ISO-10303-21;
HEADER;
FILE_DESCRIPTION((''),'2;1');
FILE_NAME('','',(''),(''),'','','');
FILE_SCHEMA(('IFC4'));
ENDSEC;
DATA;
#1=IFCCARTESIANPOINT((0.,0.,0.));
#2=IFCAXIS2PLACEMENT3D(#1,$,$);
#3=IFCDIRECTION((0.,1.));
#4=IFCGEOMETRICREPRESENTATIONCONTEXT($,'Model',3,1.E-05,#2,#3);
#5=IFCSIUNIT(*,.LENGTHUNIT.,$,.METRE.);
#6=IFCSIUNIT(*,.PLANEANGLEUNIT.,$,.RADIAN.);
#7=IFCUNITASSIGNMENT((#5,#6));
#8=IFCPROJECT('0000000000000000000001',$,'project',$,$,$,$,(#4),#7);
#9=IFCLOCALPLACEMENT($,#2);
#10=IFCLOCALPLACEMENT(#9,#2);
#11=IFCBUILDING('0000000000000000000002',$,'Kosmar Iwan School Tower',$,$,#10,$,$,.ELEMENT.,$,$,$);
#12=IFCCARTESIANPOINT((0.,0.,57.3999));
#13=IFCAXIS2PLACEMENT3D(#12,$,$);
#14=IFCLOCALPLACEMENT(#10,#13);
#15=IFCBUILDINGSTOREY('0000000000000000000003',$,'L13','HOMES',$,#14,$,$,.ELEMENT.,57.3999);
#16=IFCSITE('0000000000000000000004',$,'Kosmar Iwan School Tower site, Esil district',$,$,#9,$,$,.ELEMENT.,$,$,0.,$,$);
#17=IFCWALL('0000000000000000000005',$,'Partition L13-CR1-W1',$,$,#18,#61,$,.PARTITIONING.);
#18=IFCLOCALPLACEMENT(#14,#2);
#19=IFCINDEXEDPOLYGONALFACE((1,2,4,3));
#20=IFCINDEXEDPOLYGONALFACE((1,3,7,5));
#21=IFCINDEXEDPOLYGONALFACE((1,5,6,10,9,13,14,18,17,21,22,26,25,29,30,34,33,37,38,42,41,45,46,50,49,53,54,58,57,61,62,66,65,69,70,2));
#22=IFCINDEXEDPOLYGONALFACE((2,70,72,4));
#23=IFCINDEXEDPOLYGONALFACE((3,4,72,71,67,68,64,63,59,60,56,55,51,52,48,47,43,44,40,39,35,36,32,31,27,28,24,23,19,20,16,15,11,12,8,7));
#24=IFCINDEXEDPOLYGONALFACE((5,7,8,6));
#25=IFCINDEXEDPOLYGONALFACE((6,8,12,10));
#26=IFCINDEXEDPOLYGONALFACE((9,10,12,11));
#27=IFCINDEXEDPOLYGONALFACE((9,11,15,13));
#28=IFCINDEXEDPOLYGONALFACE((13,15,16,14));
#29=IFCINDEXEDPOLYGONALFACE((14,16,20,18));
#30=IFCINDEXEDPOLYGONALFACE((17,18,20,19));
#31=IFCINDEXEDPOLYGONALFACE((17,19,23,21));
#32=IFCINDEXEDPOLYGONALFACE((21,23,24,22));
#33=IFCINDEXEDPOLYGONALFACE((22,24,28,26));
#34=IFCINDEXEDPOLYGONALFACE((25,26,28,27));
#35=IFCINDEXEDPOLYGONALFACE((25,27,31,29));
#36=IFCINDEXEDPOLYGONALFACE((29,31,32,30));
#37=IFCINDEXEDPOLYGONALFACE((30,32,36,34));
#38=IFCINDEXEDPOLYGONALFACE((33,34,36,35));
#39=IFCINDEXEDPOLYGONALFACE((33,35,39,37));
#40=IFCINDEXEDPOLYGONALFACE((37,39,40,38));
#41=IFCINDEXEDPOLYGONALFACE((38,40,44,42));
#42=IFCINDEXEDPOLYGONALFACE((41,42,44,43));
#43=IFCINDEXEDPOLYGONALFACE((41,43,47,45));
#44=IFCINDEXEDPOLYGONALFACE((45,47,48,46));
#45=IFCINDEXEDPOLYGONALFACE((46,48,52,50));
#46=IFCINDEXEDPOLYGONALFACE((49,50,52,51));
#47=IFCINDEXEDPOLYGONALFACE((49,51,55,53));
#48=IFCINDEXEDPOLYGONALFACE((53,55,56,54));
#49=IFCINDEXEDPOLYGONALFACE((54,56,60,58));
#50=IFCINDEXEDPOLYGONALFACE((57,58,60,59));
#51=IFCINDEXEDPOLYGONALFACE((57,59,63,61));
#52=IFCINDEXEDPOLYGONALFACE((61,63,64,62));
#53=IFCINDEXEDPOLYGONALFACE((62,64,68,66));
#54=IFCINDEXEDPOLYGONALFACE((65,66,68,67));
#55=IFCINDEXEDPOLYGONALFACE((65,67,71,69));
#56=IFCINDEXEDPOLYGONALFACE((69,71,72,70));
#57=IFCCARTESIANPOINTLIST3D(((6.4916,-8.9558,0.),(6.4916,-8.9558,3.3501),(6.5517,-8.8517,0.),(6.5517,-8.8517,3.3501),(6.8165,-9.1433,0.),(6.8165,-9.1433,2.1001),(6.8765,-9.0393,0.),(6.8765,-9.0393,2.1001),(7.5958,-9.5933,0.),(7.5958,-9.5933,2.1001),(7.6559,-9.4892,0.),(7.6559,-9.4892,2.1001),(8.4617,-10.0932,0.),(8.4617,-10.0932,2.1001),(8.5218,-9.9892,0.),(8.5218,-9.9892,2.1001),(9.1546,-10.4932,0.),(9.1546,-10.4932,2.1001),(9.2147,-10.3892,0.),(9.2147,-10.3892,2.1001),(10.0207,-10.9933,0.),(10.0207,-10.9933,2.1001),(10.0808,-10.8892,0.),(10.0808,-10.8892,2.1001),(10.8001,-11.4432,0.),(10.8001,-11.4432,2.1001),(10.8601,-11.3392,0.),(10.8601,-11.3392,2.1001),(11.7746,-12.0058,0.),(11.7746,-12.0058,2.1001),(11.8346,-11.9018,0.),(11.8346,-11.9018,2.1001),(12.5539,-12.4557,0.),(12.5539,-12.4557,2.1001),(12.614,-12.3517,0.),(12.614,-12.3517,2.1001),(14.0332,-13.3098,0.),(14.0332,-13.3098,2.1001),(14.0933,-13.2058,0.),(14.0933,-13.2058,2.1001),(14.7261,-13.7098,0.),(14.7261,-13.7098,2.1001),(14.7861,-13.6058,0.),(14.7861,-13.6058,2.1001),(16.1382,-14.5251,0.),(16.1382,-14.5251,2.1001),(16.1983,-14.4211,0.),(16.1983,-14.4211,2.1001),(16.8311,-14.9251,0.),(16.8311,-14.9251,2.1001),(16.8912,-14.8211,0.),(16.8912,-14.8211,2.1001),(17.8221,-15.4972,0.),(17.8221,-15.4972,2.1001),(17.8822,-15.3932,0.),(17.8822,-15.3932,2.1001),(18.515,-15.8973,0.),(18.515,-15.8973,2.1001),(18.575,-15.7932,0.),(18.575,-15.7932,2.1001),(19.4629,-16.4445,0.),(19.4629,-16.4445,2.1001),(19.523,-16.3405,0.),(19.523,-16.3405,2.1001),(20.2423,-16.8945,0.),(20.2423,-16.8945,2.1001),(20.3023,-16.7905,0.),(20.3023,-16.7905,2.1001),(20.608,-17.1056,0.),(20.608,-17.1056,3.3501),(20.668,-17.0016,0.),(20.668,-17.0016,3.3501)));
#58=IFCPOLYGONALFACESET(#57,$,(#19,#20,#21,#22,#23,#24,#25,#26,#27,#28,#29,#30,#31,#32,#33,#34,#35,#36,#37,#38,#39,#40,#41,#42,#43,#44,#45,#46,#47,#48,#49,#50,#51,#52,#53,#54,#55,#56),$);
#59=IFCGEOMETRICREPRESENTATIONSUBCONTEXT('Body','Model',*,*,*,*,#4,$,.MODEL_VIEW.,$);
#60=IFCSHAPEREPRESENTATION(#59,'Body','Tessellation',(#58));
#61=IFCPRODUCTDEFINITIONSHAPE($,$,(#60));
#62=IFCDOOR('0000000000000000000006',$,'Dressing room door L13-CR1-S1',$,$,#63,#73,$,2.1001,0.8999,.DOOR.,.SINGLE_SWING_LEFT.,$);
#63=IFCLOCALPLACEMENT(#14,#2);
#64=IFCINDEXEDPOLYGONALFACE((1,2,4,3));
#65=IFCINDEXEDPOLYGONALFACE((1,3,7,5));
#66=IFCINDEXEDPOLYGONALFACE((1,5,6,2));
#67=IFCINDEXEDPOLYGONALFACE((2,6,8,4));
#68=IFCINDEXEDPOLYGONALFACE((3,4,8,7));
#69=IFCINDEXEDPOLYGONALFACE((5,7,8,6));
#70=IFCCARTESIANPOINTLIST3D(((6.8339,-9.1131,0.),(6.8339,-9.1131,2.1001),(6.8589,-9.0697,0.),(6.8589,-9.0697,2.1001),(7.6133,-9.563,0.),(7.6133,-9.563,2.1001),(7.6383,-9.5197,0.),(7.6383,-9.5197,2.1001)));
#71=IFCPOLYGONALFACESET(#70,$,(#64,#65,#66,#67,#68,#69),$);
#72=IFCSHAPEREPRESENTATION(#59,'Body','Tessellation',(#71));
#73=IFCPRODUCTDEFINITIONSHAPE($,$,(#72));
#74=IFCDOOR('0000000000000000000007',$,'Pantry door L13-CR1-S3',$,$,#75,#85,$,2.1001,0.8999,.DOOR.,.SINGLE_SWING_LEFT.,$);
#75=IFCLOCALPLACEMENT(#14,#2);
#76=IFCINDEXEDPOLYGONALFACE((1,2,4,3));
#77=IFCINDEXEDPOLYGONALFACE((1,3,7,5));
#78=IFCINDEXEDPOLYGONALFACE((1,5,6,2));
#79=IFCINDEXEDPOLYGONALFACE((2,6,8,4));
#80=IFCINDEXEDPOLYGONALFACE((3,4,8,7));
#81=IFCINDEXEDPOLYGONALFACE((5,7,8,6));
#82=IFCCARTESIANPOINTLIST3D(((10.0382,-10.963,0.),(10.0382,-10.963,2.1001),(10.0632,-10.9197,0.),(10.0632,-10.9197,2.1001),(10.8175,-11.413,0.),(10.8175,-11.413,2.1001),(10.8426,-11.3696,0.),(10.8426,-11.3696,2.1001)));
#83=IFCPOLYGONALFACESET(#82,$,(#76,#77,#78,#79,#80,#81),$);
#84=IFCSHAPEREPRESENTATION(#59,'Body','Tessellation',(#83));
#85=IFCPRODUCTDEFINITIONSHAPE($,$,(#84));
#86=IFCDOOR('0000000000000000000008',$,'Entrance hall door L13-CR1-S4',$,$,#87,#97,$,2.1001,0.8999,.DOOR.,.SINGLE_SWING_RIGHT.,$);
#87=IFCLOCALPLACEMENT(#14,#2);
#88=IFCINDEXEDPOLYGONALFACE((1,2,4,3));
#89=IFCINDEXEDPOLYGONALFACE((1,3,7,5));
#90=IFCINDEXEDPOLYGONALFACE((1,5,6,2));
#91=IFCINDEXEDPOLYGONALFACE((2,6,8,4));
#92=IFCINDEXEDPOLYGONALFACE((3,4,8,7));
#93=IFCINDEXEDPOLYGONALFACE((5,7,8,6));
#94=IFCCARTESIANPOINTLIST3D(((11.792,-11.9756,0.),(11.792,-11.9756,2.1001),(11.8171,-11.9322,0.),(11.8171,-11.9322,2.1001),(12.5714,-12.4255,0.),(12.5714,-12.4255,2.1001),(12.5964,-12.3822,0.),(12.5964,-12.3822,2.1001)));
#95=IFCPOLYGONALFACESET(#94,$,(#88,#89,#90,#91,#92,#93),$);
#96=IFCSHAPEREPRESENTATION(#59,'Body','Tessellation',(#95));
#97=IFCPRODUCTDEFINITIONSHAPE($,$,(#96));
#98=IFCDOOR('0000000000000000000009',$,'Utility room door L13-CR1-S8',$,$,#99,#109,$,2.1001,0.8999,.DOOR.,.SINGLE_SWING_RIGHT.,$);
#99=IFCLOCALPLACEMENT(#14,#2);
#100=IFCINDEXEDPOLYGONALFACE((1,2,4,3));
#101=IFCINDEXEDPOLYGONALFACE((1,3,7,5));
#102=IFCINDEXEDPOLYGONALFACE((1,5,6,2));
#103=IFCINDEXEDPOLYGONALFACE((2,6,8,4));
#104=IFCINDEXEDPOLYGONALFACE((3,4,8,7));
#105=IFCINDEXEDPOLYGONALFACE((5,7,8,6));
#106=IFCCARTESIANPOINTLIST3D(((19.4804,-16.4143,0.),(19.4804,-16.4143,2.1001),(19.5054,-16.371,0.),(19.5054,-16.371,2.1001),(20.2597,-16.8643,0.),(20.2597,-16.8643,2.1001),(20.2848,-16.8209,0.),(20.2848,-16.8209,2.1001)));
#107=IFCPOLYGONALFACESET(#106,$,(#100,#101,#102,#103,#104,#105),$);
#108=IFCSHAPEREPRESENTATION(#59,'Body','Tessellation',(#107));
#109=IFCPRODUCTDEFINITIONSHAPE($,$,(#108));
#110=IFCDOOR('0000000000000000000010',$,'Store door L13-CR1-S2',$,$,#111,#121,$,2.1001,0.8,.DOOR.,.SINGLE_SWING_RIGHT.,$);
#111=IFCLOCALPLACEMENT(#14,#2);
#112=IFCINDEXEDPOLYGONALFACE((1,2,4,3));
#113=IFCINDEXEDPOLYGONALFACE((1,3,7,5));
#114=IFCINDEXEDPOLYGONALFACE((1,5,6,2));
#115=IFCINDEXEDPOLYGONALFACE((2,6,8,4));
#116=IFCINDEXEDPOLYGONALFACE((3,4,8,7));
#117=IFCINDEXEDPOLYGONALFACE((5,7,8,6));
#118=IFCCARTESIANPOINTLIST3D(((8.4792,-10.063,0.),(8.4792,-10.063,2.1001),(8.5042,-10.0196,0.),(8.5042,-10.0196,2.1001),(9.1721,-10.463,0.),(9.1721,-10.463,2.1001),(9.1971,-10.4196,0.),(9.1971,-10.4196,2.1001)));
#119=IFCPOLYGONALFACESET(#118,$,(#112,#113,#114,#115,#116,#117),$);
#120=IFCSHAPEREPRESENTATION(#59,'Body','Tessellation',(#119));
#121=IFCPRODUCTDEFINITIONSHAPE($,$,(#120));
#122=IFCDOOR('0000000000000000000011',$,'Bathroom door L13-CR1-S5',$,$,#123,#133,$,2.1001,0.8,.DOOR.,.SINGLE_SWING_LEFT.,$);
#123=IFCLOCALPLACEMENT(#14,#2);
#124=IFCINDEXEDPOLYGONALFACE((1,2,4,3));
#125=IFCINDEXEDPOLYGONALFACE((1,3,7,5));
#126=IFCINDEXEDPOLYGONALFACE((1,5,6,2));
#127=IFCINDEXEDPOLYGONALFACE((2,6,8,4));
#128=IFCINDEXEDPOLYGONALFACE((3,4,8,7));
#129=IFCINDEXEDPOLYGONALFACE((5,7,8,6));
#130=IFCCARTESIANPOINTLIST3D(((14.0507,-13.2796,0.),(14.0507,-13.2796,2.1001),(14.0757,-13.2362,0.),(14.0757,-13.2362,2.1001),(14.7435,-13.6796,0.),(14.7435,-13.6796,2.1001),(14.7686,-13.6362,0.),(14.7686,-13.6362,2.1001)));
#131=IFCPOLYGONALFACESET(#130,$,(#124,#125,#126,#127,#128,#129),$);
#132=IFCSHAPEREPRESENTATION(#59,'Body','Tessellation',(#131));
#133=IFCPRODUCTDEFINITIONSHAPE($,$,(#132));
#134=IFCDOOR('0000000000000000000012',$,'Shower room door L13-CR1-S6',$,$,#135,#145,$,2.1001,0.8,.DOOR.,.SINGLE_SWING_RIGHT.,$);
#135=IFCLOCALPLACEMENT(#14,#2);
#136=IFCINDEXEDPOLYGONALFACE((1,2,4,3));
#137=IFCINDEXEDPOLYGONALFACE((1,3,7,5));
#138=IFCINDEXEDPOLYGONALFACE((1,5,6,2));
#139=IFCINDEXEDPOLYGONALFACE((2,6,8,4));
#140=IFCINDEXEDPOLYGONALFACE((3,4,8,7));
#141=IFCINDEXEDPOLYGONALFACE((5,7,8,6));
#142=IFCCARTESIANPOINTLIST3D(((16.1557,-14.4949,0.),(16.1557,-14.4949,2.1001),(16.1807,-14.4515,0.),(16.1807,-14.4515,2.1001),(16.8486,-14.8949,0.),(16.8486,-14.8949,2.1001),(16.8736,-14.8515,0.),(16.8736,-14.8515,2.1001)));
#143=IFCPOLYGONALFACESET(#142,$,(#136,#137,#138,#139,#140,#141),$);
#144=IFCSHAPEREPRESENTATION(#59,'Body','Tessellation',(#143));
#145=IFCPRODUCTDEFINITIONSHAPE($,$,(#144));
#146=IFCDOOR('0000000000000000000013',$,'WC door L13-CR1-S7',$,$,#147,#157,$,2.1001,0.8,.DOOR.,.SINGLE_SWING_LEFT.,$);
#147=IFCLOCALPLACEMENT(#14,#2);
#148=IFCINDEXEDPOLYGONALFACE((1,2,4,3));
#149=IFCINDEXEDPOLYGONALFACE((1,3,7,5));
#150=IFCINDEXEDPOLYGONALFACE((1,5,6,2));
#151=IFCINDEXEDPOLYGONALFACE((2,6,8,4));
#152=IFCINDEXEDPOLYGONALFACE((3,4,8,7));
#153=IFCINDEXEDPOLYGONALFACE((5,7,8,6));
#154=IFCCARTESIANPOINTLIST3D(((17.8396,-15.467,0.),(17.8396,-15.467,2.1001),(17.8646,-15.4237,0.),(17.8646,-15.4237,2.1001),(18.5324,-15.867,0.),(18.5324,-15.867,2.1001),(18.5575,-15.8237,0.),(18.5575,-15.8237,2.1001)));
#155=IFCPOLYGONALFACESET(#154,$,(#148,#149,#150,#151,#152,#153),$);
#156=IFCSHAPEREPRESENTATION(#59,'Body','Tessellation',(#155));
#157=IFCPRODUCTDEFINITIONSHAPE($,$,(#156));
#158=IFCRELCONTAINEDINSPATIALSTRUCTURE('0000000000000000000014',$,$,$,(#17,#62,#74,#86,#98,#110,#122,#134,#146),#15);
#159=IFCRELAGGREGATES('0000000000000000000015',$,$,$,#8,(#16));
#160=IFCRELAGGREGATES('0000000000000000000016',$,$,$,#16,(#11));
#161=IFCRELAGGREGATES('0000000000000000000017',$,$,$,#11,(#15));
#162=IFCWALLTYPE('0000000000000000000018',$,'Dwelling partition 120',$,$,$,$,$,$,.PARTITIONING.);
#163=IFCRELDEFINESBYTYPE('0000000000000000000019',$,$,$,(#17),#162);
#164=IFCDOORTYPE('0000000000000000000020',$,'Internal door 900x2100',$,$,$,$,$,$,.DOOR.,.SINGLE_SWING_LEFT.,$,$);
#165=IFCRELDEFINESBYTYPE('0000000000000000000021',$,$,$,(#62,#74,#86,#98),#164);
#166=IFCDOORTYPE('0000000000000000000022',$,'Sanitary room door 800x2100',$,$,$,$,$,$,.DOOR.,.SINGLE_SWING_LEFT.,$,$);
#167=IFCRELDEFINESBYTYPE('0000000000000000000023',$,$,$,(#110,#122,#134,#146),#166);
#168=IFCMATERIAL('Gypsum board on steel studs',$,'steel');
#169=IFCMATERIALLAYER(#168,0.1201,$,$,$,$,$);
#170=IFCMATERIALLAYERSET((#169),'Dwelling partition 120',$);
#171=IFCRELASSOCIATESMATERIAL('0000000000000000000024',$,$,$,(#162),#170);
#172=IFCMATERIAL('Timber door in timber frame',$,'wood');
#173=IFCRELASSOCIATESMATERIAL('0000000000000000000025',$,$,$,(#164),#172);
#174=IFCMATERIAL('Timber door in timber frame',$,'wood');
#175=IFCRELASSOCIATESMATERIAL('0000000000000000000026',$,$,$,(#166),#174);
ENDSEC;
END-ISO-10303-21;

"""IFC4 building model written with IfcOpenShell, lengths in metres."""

from ifc_helpers import new_model, si_unit, direction, frame, frame_2d, origin, place, context, subcontext, project, spatial, rectangle, extrude, material, layer, layer_set, type_object, element, fill, save


model = new_model("IFC4")

# Units and contexts
model_context = context("Model", 3, precision=1e-05, world=origin(), true_north=direction((0.0, 1.0)))
body_context = subcontext(model_context, "Body", "Model", "MODEL_VIEW")
ifc_project = project(units=[si_unit("LENGTHUNIT", "METRE"), si_unit("PLANEANGLEUNIT", "RADIAN")], contexts=[model_context])

# Site, building, storey
site_placement = place(None, origin())
site = spatial("IfcSite", under=ifc_project, at=site_placement, Name="Kosmar Iwan School Tower site, Esil district", CompositionType="ELEMENT", RefElevation=0.0)
building_placement = place(site_placement, origin())
building = spatial("IfcBuilding", under=site, at=building_placement, Name="Kosmar Iwan School Tower", CompositionType="ELEMENT")
storey_placement = place(building_placement, frame((0.0, 0.0, 57.3999)))
storey = spatial("IfcBuildingStorey", under=building, at=storey_placement, Name="L13", Description="HOMES", CompositionType="ELEMENT", Elevation=57.3999)

# Wall, openings, doors
ifc_material_1 = material(Name="Gypsum board on steel studs", Category="steel")
ifc_layer_1 = layer(ifc_material_1, 0.1201)
ifc_layer_set_1 = layer_set([ifc_layer_1], Name="Dwelling partition 120")
wall_type_1 = type_object("IfcWallType", Name="Dwelling partition 120", PredefinedType="PARTITIONING", material=ifc_layer_set_1)
wall_1_placement = place(storey_placement, frame((6.5217, -8.9038, 0.0), z_axis=(0.0, 0.0, 1.0), x_axis=(0.866032, -0.499989, 0.0)))
wall_1 = element("IfcWall", 1, at=wall_1_placement, inside=storey, type_object=wall_type_1, Name="Partition L13-CR1-W1", PredefinedType="PARTITIONING", context=body_context, shape_type="SweptSolid", body=[
    extrude(rectangle(XDim=16.3, YDim=0.1201, at=frame_2d((8.1499, 0.0))), origin(), (0.0, 0.0, 1.0), 3.3501),
])
opening_1_placement = place(wall_1_placement, frame((0.375, 0.0, 0.0)))
opening_1 = element("IfcOpeningElement", 2, at=opening_1_placement, cuts=wall_1, PredefinedType="OPENING", context=body_context, shape_type="SweptSolid", body=[
    extrude(rectangle(XDim=0.8999, YDim=2.1001, at=frame_2d((0.45, 1.05))), frame((0.0, 0.072, 0.0), z_axis=(0.0, -1.0, 0.0), x_axis=(1.0, 0.0, 0.0)), (0.0, 0.0, 1.0), 0.144),
])
opening_2_placement = place(wall_1_placement, frame((2.2749, 0.0, 0.0)))
opening_2 = element("IfcOpeningElement", 3, at=opening_2_placement, cuts=wall_1, PredefinedType="OPENING", context=body_context, shape_type="SweptSolid", body=[
    extrude(rectangle(XDim=0.8, YDim=2.1001, at=frame_2d((0.3999, 1.05))), frame((0.0, 0.072, 0.0), z_axis=(0.0, -1.0, 0.0), x_axis=(1.0, 0.0, 0.0)), (0.0, 0.0, 1.0), 0.144),
])
opening_3_placement = place(wall_1_placement, frame((4.075, 0.0, 0.0)))
opening_3 = element("IfcOpeningElement", 4, at=opening_3_placement, cuts=wall_1, PredefinedType="OPENING", context=body_context, shape_type="SweptSolid", body=[
    extrude(rectangle(XDim=0.8999, YDim=2.1001, at=frame_2d((0.45, 1.05))), frame((0.0, 0.072, 0.0), z_axis=(0.0, -1.0, 0.0), x_axis=(1.0, 0.0, 0.0)), (0.0, 0.0, 1.0), 0.144),
])
opening_4_placement = place(wall_1_placement, frame((6.1001, 0.0, 0.0)))
opening_4 = element("IfcOpeningElement", 5, at=opening_4_placement, cuts=wall_1, PredefinedType="OPENING", context=body_context, shape_type="SweptSolid", body=[
    extrude(rectangle(XDim=0.8999, YDim=2.1001, at=frame_2d((0.45, 1.05))), frame((0.0, 0.072, 0.0), z_axis=(0.0, -1.0, 0.0), x_axis=(1.0, 0.0, 0.0)), (0.0, 0.0, 1.0), 0.144),
])
opening_5_placement = place(wall_1_placement, frame((8.7083, 0.0, 0.0)))
opening_5 = element("IfcOpeningElement", 6, at=opening_5_placement, cuts=wall_1, PredefinedType="OPENING", context=body_context, shape_type="SweptSolid", body=[
    extrude(rectangle(XDim=0.8, YDim=2.1001, at=frame_2d((0.3999, 1.05))), frame((0.0, 0.072, 0.0), z_axis=(0.0, -1.0, 0.0), x_axis=(1.0, 0.0, 0.0)), (0.0, 0.0, 1.0), 0.144),
])
opening_6_placement = place(wall_1_placement, frame((11.1389, 0.0, 0.0)))
opening_6 = element("IfcOpeningElement", 7, at=opening_6_placement, cuts=wall_1, PredefinedType="OPENING", context=body_context, shape_type="SweptSolid", body=[
    extrude(rectangle(XDim=0.8, YDim=2.1001, at=frame_2d((0.3999, 1.05))), frame((0.0, 0.072, 0.0), z_axis=(0.0, -1.0, 0.0), x_axis=(1.0, 0.0, 0.0)), (0.0, 0.0, 1.0), 0.144),
])
opening_7_placement = place(wall_1_placement, frame((13.0833, 0.0, 0.0)))
opening_7 = element("IfcOpeningElement", 8, at=opening_7_placement, cuts=wall_1, PredefinedType="OPENING", context=body_context, shape_type="SweptSolid", body=[
    extrude(rectangle(XDim=0.8, YDim=2.1001, at=frame_2d((0.3999, 1.05))), frame((0.0, 0.072, 0.0), z_axis=(0.0, -1.0, 0.0), x_axis=(1.0, 0.0, 0.0)), (0.0, 0.0, 1.0), 0.144),
])
opening_8_placement = place(wall_1_placement, frame((14.9778, 0.0, 0.0)))
opening_8 = element("IfcOpeningElement", 9, at=opening_8_placement, cuts=wall_1, PredefinedType="OPENING", context=body_context, shape_type="SweptSolid", body=[
    extrude(rectangle(XDim=0.8999, YDim=2.1001, at=frame_2d((0.45, 1.05))), frame((0.0, 0.072, 0.0), z_axis=(0.0, -1.0, 0.0), x_axis=(1.0, 0.0, 0.0)), (0.0, 0.0, 1.0), 0.144),
])
ifc_material_2 = material(Name="Timber door in timber frame", Category="wood")
door_type_1 = type_object("IfcDoorType", Name="Internal door 900x2100", OperationType="SINGLE_SWING_LEFT", PredefinedType="DOOR", material=ifc_material_2)
door_1_placement = place(opening_1_placement, origin())
door_1 = element("IfcDoor", 10, at=door_1_placement, inside=storey, type_object=door_type_1, Name="Dressing room door L13-CR1-S1", OperationType="SINGLE_SWING_LEFT", OverallHeight=2.1001, OverallWidth=0.8999, PredefinedType="DOOR", context=body_context, shape_type="SweptSolid", body=[
    extrude(rectangle(XDim=0.8999, YDim=2.1001, at=frame_2d((0.45, 1.05))), frame((0.0, 0.0249, 0.0), z_axis=(0.0, -1.0, 0.0), x_axis=(1.0, 0.0, 0.0)), (0.0, 0.0, 1.0), 0.05),
])
fill(opening_1, door_1)
door_2_placement = place(opening_3_placement, origin())
door_2 = element("IfcDoor", 11, at=door_2_placement, inside=storey, type_object=door_type_1, Name="Pantry door L13-CR1-S3", OperationType="SINGLE_SWING_LEFT", OverallHeight=2.1001, OverallWidth=0.8999, PredefinedType="DOOR", context=body_context, shape_type="SweptSolid", body=[
    extrude(rectangle(XDim=0.8999, YDim=2.1001, at=frame_2d((0.45, 1.05))), frame((0.0, 0.0249, 0.0), z_axis=(0.0, -1.0, 0.0), x_axis=(1.0, 0.0, 0.0)), (0.0, 0.0, 1.0), 0.05),
])
fill(opening_3, door_2)
door_3_placement = place(opening_4_placement, origin())
door_3 = element("IfcDoor", 12, at=door_3_placement, inside=storey, type_object=door_type_1, Name="Entrance hall door L13-CR1-S4", OperationType="SINGLE_SWING_RIGHT", OverallHeight=2.1001, OverallWidth=0.8999, PredefinedType="DOOR", context=body_context, shape_type="SweptSolid", body=[
    extrude(rectangle(XDim=0.8999, YDim=2.1001, at=frame_2d((0.45, 1.05))), frame((0.0, 0.0249, 0.0), z_axis=(0.0, -1.0, 0.0), x_axis=(1.0, 0.0, 0.0)), (0.0, 0.0, 1.0), 0.05),
])
fill(opening_4, door_3)
door_4_placement = place(opening_8_placement, origin())
door_4 = element("IfcDoor", 13, at=door_4_placement, inside=storey, type_object=door_type_1, Name="Utility room door L13-CR1-S8", OperationType="SINGLE_SWING_RIGHT", OverallHeight=2.1001, OverallWidth=0.8999, PredefinedType="DOOR", context=body_context, shape_type="SweptSolid", body=[
    extrude(rectangle(XDim=0.8999, YDim=2.1001, at=frame_2d((0.45, 1.05))), frame((0.0, 0.0249, 0.0), z_axis=(0.0, -1.0, 0.0), x_axis=(1.0, 0.0, 0.0)), (0.0, 0.0, 1.0), 0.05),
])
fill(opening_8, door_4)
ifc_material_3 = material(Name="Timber door in timber frame", Category="wood")
door_type_2 = type_object("IfcDoorType", Name="Sanitary room door 800x2100", OperationType="SINGLE_SWING_LEFT", PredefinedType="DOOR", material=ifc_material_3)
door_5_placement = place(opening_2_placement, origin())
door_5 = element("IfcDoor", 14, at=door_5_placement, inside=storey, type_object=door_type_2, Name="Store door L13-CR1-S2", OperationType="SINGLE_SWING_RIGHT", OverallHeight=2.1001, OverallWidth=0.8, PredefinedType="DOOR", context=body_context, shape_type="SweptSolid", body=[
    extrude(rectangle(XDim=0.8, YDim=2.1001, at=frame_2d((0.3999, 1.05))), frame((0.0, 0.0249, 0.0), z_axis=(0.0, -1.0, 0.0), x_axis=(1.0, 0.0, 0.0)), (0.0, 0.0, 1.0), 0.05),
])
fill(opening_2, door_5)
door_6_placement = place(opening_5_placement, origin())
door_6 = element("IfcDoor", 15, at=door_6_placement, inside=storey, type_object=door_type_2, Name="Bathroom door L13-CR1-S5", OperationType="SINGLE_SWING_LEFT", OverallHeight=2.1001, OverallWidth=0.8, PredefinedType="DOOR", context=body_context, shape_type="SweptSolid", body=[
    extrude(rectangle(XDim=0.8, YDim=2.1001, at=frame_2d((0.3999, 1.05))), frame((0.0, 0.0249, 0.0), z_axis=(0.0, -1.0, 0.0), x_axis=(1.0, 0.0, 0.0)), (0.0, 0.0, 1.0), 0.05),
])
fill(opening_5, door_6)
door_7_placement = place(opening_6_placement, origin())
door_7 = element("IfcDoor", 16, at=door_7_placement, inside=storey, type_object=door_type_2, Name="Shower room door L13-CR1-S6", OperationType="SINGLE_SWING_RIGHT", OverallHeight=2.1001, OverallWidth=0.8, PredefinedType="DOOR", context=body_context, shape_type="SweptSolid", body=[
    extrude(rectangle(XDim=0.8, YDim=2.1001, at=frame_2d((0.3999, 1.05))), frame((0.0, 0.0249, 0.0), z_axis=(0.0, -1.0, 0.0), x_axis=(1.0, 0.0, 0.0)), (0.0, 0.0, 1.0), 0.05),
])
fill(opening_6, door_7)
door_8_placement = place(opening_7_placement, origin())
door_8 = element("IfcDoor", 17, at=door_8_placement, inside=storey, type_object=door_type_2, Name="WC door L13-CR1-S7", OperationType="SINGLE_SWING_LEFT", OverallHeight=2.1001, OverallWidth=0.8, PredefinedType="DOOR", context=body_context, shape_type="SweptSolid", body=[
    extrude(rectangle(XDim=0.8, YDim=2.1001, at=frame_2d((0.3999, 1.05))), frame((0.0, 0.0249, 0.0), z_axis=(0.0, -1.0, 0.0), x_axis=(1.0, 0.0, 0.0)), (0.0, 0.0, 1.0), 0.05),
])
fill(opening_7, door_8)

save(model, "model.ifc")
